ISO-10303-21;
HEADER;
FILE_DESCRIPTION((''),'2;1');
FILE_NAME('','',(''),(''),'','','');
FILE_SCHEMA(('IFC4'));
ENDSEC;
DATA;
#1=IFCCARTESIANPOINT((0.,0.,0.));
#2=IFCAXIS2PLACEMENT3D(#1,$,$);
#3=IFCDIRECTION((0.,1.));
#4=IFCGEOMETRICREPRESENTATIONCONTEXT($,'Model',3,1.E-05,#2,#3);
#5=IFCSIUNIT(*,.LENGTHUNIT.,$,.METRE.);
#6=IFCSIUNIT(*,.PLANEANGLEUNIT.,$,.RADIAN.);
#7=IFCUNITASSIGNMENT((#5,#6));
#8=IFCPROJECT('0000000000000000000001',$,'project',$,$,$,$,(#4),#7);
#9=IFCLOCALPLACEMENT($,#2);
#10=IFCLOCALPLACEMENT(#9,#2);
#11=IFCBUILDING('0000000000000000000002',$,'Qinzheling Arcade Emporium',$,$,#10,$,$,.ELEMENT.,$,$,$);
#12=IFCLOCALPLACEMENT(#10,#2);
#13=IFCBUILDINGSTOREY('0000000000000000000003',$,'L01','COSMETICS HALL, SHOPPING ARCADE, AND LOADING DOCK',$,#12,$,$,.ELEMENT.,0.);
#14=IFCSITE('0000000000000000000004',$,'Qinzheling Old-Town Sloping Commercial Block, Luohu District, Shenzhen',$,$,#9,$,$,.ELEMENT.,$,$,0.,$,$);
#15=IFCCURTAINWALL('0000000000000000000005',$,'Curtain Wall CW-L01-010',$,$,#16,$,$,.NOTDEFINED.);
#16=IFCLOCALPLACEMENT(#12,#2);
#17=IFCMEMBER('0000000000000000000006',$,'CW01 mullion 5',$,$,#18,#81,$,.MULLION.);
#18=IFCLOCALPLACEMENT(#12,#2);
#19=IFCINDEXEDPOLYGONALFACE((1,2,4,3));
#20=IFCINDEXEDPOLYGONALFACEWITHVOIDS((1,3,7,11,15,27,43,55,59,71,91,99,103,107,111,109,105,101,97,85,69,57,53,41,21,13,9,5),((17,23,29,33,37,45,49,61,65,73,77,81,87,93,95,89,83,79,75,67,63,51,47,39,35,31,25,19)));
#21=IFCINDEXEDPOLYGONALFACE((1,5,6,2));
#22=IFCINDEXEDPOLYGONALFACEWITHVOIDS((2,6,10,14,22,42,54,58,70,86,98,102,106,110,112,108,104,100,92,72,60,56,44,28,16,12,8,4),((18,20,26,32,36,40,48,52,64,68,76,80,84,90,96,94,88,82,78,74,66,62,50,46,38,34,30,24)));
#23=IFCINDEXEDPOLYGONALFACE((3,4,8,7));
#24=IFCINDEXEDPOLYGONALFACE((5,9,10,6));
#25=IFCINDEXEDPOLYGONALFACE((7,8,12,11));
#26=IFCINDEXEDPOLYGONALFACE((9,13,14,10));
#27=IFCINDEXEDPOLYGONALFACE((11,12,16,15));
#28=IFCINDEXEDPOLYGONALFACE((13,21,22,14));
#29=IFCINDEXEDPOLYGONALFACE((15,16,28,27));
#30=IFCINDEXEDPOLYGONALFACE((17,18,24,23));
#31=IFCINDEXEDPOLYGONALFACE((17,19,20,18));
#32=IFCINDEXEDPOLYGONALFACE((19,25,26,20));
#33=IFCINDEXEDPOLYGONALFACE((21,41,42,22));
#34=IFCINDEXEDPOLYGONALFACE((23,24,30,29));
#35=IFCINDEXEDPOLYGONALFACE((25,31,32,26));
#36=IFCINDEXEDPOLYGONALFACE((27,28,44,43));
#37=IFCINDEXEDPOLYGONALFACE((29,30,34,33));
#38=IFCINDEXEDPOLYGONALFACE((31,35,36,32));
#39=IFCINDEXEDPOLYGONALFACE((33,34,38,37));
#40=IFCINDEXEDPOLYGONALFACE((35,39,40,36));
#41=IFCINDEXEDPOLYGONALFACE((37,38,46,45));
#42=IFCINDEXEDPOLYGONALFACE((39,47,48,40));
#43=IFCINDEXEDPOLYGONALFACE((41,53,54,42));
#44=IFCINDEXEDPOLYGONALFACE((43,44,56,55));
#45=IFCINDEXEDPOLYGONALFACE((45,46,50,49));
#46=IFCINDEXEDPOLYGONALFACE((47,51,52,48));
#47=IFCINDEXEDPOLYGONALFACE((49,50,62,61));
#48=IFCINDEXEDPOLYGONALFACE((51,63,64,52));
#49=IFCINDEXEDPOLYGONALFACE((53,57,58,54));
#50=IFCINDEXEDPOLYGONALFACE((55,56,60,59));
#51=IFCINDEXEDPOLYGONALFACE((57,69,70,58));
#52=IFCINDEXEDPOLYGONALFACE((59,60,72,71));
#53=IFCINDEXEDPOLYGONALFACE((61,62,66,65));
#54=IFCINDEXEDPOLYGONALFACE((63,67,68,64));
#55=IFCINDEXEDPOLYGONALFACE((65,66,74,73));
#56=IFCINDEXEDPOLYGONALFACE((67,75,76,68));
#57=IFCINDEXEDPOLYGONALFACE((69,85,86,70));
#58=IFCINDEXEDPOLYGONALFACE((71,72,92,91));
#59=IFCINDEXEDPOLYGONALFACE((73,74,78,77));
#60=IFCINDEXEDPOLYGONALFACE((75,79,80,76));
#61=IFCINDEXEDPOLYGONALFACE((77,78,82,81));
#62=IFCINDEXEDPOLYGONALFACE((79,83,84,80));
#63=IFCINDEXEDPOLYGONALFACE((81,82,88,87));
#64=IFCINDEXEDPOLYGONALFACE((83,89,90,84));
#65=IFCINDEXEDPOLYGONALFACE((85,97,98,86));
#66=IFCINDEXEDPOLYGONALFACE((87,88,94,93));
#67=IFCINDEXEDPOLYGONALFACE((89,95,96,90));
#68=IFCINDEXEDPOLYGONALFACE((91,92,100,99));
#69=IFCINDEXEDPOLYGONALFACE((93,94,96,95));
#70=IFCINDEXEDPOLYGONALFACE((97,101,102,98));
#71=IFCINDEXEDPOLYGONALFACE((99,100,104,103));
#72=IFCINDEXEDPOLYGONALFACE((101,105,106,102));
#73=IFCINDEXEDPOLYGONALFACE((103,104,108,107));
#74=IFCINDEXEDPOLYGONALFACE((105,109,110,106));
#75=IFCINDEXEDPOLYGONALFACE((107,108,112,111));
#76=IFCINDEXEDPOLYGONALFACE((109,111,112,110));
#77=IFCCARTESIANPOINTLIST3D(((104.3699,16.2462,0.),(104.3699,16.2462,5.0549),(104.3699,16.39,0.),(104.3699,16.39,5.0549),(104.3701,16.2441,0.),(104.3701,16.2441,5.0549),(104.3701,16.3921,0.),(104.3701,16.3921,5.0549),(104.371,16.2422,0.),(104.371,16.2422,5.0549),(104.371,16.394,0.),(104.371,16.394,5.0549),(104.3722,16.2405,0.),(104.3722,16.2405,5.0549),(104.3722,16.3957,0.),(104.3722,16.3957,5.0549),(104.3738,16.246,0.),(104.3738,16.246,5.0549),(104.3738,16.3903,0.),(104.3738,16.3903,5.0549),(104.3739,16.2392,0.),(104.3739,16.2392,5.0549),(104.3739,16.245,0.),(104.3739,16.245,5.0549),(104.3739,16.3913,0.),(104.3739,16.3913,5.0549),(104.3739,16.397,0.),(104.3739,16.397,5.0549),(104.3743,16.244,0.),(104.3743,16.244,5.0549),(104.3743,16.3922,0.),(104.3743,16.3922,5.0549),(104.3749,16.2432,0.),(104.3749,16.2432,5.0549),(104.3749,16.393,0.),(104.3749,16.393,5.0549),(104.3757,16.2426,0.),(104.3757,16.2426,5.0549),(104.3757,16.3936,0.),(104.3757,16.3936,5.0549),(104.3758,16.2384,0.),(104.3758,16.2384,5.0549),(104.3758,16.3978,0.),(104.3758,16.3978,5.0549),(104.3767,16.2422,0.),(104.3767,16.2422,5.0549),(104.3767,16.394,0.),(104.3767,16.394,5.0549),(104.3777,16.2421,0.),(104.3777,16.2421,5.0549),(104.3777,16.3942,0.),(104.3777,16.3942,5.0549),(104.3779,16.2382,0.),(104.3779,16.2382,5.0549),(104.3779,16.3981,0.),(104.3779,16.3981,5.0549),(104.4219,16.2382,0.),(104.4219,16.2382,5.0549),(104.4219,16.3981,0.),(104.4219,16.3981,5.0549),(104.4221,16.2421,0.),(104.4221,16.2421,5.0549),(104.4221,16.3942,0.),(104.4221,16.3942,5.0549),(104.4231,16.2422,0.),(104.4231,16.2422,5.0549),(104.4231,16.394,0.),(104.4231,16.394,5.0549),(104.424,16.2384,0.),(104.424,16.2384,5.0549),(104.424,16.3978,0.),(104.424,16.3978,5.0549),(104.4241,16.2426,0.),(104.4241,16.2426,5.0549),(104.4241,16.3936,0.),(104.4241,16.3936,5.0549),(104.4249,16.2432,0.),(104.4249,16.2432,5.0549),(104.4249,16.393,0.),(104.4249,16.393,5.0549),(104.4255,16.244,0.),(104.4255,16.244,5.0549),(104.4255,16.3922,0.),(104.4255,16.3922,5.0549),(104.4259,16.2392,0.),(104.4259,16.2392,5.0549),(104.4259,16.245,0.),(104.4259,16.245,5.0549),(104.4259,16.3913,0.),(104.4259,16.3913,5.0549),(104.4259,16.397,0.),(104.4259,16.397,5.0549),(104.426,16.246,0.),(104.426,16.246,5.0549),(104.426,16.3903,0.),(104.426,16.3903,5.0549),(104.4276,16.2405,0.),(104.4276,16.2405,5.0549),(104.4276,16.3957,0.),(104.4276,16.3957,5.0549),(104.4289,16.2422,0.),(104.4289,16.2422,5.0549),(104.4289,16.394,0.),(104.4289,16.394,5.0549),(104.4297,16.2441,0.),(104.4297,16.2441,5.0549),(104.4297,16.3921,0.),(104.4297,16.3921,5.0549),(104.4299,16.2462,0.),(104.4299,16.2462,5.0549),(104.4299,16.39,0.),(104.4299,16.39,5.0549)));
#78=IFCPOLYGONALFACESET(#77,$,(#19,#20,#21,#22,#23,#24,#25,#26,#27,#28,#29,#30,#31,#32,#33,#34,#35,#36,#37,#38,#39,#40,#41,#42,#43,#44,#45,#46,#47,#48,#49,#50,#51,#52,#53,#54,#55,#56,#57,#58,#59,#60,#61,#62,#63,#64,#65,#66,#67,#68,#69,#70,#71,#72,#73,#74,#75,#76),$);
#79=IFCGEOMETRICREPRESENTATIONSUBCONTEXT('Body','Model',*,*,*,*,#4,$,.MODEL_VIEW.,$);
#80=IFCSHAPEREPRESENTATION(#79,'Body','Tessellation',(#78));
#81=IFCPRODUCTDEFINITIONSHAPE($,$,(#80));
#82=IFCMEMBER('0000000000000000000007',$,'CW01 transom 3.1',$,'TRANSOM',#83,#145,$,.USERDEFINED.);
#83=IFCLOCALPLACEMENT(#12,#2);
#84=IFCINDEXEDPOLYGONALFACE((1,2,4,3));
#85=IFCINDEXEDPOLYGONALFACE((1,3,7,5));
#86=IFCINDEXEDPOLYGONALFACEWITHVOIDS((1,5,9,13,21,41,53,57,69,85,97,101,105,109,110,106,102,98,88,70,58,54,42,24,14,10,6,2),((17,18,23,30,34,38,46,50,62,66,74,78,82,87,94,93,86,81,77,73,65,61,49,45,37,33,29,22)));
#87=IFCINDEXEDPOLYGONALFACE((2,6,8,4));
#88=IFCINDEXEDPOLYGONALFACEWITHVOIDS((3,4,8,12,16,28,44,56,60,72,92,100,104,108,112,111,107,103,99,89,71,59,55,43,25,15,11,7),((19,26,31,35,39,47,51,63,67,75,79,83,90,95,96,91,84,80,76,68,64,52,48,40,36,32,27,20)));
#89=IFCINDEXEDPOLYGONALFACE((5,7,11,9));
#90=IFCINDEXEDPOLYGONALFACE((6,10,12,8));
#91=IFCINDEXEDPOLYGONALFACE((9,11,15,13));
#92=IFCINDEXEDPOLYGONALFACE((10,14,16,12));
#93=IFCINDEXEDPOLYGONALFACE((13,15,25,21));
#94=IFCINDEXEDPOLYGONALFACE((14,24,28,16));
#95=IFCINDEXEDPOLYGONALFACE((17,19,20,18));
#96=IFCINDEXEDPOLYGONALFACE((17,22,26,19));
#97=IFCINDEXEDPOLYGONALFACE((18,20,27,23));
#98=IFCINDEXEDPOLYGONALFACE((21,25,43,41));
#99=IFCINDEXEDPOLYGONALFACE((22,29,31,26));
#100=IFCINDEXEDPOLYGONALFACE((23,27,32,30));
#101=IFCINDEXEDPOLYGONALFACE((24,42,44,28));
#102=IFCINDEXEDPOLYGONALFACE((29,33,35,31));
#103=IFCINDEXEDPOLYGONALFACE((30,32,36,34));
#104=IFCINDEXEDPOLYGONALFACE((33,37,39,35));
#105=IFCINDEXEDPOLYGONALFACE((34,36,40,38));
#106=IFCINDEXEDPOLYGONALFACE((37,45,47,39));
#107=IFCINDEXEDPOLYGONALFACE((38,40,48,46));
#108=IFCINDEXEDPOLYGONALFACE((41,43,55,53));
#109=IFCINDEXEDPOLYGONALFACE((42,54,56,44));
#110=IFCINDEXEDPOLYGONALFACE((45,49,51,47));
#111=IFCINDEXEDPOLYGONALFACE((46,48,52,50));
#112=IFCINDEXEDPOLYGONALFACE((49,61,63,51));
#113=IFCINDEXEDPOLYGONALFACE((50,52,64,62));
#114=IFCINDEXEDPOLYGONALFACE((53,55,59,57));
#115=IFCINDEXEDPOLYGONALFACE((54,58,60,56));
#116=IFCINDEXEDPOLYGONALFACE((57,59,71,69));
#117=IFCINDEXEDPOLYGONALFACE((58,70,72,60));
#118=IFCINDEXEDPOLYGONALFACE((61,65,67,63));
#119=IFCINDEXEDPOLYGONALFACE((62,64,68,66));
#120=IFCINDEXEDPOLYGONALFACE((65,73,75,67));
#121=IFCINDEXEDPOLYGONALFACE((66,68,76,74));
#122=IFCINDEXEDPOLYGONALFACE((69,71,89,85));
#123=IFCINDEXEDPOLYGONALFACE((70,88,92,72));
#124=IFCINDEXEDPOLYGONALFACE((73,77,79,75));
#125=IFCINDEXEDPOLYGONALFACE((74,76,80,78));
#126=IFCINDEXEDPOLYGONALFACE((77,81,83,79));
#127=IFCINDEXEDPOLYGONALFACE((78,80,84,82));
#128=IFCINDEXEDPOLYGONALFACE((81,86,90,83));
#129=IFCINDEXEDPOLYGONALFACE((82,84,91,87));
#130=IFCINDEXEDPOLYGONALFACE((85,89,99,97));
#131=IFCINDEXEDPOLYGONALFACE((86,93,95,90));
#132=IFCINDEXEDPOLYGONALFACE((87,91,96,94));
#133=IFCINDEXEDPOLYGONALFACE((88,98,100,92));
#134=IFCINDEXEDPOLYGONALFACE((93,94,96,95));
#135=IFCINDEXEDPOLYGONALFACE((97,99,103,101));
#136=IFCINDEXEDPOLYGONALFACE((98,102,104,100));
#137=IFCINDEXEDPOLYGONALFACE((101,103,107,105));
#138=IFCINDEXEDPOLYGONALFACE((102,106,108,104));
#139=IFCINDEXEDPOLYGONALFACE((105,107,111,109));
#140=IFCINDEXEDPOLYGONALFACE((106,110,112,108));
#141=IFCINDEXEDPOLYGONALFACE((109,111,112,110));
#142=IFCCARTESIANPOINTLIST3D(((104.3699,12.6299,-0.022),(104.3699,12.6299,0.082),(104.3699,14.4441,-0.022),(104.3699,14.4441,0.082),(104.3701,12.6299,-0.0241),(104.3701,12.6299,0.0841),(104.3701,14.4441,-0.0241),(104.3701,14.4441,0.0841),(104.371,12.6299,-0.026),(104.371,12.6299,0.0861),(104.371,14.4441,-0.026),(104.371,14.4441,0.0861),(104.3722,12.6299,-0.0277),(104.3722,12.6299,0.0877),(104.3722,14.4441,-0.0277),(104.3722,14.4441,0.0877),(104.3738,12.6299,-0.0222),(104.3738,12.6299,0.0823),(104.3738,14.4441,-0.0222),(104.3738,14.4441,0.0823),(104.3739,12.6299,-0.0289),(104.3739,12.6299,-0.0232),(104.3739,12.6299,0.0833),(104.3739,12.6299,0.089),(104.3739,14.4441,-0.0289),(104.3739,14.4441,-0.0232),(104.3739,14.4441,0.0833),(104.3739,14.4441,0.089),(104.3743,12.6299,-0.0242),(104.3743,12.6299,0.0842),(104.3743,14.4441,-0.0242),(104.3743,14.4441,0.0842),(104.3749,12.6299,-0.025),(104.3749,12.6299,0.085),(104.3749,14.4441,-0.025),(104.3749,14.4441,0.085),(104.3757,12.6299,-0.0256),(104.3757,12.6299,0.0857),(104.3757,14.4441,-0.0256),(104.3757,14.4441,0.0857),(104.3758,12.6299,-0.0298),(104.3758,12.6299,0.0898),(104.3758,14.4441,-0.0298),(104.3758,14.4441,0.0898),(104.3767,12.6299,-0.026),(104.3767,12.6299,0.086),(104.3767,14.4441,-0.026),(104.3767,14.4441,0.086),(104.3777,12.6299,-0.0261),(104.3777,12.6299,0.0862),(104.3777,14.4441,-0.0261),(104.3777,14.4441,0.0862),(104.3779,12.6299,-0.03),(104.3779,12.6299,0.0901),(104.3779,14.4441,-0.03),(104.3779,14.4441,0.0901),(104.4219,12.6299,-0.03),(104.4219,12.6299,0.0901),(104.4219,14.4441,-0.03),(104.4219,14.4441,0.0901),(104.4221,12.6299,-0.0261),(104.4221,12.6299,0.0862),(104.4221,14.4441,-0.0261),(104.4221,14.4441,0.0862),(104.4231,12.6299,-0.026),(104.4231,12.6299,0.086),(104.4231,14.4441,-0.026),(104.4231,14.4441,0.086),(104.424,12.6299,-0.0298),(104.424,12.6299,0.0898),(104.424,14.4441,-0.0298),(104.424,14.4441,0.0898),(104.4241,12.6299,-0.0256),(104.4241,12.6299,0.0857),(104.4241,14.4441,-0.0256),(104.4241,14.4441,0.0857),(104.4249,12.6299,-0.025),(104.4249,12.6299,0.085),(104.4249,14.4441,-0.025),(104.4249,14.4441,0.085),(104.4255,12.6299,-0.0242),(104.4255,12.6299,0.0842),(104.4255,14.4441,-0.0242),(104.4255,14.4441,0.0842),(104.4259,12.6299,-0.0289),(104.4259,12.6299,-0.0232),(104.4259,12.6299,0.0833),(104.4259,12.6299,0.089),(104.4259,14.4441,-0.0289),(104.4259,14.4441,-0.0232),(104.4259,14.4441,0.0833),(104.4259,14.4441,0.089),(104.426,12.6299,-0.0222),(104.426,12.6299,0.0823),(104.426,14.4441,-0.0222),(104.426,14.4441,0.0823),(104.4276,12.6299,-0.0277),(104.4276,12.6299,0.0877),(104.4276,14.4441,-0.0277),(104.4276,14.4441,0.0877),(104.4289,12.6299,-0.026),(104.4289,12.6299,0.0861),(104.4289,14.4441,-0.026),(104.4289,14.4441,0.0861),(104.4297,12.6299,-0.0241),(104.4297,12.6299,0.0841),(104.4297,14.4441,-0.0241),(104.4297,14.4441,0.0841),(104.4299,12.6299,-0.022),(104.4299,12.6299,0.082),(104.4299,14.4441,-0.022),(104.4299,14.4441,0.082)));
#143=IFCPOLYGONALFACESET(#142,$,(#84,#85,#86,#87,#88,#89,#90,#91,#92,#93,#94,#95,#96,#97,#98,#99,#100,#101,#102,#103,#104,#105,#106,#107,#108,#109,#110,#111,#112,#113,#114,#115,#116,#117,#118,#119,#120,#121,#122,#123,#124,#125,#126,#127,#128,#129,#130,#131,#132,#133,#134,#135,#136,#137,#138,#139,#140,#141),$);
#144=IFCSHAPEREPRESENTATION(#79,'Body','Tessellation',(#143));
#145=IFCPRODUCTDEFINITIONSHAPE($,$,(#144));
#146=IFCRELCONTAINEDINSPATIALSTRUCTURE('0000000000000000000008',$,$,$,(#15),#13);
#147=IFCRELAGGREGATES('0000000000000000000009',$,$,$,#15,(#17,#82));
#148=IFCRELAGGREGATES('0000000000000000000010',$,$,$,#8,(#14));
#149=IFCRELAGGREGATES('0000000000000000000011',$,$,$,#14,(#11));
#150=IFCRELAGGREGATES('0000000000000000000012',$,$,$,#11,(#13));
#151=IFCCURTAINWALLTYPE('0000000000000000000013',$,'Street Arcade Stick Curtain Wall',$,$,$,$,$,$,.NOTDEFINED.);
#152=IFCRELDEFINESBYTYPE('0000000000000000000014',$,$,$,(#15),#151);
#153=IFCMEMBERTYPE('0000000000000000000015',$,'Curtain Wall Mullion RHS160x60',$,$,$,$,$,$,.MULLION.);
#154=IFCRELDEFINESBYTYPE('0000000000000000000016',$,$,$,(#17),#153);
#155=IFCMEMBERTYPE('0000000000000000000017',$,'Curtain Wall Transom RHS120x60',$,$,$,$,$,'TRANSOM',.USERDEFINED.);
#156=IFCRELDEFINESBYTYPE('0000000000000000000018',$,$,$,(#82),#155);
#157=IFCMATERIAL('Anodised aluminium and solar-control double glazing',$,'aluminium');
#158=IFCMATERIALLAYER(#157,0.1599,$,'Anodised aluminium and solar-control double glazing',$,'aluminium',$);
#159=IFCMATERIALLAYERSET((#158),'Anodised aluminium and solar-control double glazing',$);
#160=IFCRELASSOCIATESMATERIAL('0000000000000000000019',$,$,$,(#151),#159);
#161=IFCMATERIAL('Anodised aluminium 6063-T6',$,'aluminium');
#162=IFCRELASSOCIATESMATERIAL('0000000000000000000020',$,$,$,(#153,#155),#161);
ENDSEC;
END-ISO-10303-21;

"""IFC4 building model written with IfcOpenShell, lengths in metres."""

from ifc_helpers import new_model, si_unit, direction, frame, origin, origin_2d, place, context, subcontext, project, spatial, hollow_rectangle, extrude, material, layer, layer_set, material_profile, profile_set, type_object, element, aggregate, save


model = new_model("IFC4")

# Units and contexts
model_context = context("Model", 3, precision=1e-05, world=origin(), true_north=direction((0.0, 1.0)))
body_context = subcontext(model_context, "Body", "Model", "MODEL_VIEW")
ifc_project = project(units=[si_unit("LENGTHUNIT", "METRE"), si_unit("PLANEANGLEUNIT", "RADIAN")], contexts=[model_context])

# Site, building, storey
site_placement = place(None, origin())
site = spatial("IfcSite", under=ifc_project, at=site_placement, Name="Qinzheling Old-Town Sloping Commercial Block, Luohu District, Shenzhen", CompositionType="ELEMENT", RefElevation=0.0)
building_placement = place(site_placement, origin())
building = spatial("IfcBuilding", under=site, at=building_placement, Name="Qinzheling Arcade Emporium", CompositionType="ELEMENT")
storey_placement = place(building_placement, origin())
storey = spatial("IfcBuildingStorey", under=building, at=storey_placement, Name="L01", Description="COSMETICS HALL, SHOPPING ARCADE, AND LOADING DOCK", CompositionType="ELEMENT", Elevation=0.0)

# Curtain wall, members
ifc_material_1 = material(Name="Anodised aluminium and solar-control double glazing", Category="aluminium")
ifc_layer_1 = layer(ifc_material_1, 0.1599, Name="Anodised aluminium and solar-control double glazing", Category="aluminium")
ifc_layer_set_1 = layer_set([ifc_layer_1], Name="Anodised aluminium and solar-control double glazing")
curtain_wall_type = type_object("IfcCurtainWallType", Name="Street Arcade Stick Curtain Wall", PredefinedType="NOTDEFINED", material=ifc_layer_set_1)
curtain_wall_placement = place(storey_placement, origin())
curtain_wall = element("IfcCurtainWall", 1, at=curtain_wall_placement, inside=storey, type_object=curtain_wall_type, Name="Curtain Wall CW-L01-010", PredefinedType="NOTDEFINED")
ifc_material_2 = material(Name="Anodised aluminium 6063-T6", Category="aluminium")
ifc_material_profile_1 = material_profile(ifc_material_2, hollow_rectangle(XDim=0.0601, YDim=0.1599, WallThickness=0.0039, InnerFilletRadius=0.0039, OuterFilletRadius=0.0081, at=origin_2d()), Name="RHS 160x60x4", Category="aluminium")
ifc_profile_set_1 = profile_set([ifc_material_profile_1], Name="Anodised aluminium 6063-T6")
member_type_1 = type_object("IfcMemberType", Name="Curtain Wall Mullion RHS160x60", PredefinedType="MULLION", material=ifc_profile_set_1)
member_1_placement = place(storey_placement, frame((104.3999, 16.3181, 0.0), z_axis=(0.0, 0.0, 1.0), x_axis=(-1.0, 0.0, 0.0)))
member_1 = element("IfcMember", 2, at=member_1_placement, type_object=member_type_1, Name="CW01 mullion 5", PredefinedType="MULLION", context=body_context, shape_type="SweptSolid", body=[
    extrude(hollow_rectangle(XDim=0.0601, YDim=0.1599, WallThickness=0.0039, InnerFilletRadius=0.0039, OuterFilletRadius=0.0081, at=origin_2d()), origin(), (0.0, 0.0, 1.0), 5.0549),
])
ifc_material_profile_2 = material_profile(ifc_material_2, hollow_rectangle(XDim=0.0601, YDim=0.1201, WallThickness=0.0039, InnerFilletRadius=0.0039, OuterFilletRadius=0.0081, at=origin_2d()), Name="RHS 120x60x4", Category="aluminium")
ifc_profile_set_2 = profile_set([ifc_material_profile_2], Name="Anodised aluminium 6063-T6")
member_type_2 = type_object("IfcMemberType", Name="Curtain Wall Transom RHS120x60", ElementType="TRANSOM", PredefinedType="USERDEFINED", material=ifc_profile_set_2)
member_2_placement = place(storey_placement, frame((104.3999, 12.6299, 0.03), z_axis=(0.0, 1.0, 0.0), x_axis=(-1.0, 0.0, 0.0)))
member_2 = element("IfcMember", 3, at=member_2_placement, type_object=member_type_2, Name="CW01 transom 3.1", ObjectType="TRANSOM", PredefinedType="USERDEFINED", context=body_context, shape_type="SweptSolid", body=[
    extrude(hollow_rectangle(XDim=0.0601, YDim=0.1201, WallThickness=0.0039, InnerFilletRadius=0.0039, OuterFilletRadius=0.0081, at=origin_2d()), origin(), (0.0, 0.0, 1.0), 1.8142),
])

aggregate(curtain_wall, [member_1, member_2])

save(model, "model.ifc")
